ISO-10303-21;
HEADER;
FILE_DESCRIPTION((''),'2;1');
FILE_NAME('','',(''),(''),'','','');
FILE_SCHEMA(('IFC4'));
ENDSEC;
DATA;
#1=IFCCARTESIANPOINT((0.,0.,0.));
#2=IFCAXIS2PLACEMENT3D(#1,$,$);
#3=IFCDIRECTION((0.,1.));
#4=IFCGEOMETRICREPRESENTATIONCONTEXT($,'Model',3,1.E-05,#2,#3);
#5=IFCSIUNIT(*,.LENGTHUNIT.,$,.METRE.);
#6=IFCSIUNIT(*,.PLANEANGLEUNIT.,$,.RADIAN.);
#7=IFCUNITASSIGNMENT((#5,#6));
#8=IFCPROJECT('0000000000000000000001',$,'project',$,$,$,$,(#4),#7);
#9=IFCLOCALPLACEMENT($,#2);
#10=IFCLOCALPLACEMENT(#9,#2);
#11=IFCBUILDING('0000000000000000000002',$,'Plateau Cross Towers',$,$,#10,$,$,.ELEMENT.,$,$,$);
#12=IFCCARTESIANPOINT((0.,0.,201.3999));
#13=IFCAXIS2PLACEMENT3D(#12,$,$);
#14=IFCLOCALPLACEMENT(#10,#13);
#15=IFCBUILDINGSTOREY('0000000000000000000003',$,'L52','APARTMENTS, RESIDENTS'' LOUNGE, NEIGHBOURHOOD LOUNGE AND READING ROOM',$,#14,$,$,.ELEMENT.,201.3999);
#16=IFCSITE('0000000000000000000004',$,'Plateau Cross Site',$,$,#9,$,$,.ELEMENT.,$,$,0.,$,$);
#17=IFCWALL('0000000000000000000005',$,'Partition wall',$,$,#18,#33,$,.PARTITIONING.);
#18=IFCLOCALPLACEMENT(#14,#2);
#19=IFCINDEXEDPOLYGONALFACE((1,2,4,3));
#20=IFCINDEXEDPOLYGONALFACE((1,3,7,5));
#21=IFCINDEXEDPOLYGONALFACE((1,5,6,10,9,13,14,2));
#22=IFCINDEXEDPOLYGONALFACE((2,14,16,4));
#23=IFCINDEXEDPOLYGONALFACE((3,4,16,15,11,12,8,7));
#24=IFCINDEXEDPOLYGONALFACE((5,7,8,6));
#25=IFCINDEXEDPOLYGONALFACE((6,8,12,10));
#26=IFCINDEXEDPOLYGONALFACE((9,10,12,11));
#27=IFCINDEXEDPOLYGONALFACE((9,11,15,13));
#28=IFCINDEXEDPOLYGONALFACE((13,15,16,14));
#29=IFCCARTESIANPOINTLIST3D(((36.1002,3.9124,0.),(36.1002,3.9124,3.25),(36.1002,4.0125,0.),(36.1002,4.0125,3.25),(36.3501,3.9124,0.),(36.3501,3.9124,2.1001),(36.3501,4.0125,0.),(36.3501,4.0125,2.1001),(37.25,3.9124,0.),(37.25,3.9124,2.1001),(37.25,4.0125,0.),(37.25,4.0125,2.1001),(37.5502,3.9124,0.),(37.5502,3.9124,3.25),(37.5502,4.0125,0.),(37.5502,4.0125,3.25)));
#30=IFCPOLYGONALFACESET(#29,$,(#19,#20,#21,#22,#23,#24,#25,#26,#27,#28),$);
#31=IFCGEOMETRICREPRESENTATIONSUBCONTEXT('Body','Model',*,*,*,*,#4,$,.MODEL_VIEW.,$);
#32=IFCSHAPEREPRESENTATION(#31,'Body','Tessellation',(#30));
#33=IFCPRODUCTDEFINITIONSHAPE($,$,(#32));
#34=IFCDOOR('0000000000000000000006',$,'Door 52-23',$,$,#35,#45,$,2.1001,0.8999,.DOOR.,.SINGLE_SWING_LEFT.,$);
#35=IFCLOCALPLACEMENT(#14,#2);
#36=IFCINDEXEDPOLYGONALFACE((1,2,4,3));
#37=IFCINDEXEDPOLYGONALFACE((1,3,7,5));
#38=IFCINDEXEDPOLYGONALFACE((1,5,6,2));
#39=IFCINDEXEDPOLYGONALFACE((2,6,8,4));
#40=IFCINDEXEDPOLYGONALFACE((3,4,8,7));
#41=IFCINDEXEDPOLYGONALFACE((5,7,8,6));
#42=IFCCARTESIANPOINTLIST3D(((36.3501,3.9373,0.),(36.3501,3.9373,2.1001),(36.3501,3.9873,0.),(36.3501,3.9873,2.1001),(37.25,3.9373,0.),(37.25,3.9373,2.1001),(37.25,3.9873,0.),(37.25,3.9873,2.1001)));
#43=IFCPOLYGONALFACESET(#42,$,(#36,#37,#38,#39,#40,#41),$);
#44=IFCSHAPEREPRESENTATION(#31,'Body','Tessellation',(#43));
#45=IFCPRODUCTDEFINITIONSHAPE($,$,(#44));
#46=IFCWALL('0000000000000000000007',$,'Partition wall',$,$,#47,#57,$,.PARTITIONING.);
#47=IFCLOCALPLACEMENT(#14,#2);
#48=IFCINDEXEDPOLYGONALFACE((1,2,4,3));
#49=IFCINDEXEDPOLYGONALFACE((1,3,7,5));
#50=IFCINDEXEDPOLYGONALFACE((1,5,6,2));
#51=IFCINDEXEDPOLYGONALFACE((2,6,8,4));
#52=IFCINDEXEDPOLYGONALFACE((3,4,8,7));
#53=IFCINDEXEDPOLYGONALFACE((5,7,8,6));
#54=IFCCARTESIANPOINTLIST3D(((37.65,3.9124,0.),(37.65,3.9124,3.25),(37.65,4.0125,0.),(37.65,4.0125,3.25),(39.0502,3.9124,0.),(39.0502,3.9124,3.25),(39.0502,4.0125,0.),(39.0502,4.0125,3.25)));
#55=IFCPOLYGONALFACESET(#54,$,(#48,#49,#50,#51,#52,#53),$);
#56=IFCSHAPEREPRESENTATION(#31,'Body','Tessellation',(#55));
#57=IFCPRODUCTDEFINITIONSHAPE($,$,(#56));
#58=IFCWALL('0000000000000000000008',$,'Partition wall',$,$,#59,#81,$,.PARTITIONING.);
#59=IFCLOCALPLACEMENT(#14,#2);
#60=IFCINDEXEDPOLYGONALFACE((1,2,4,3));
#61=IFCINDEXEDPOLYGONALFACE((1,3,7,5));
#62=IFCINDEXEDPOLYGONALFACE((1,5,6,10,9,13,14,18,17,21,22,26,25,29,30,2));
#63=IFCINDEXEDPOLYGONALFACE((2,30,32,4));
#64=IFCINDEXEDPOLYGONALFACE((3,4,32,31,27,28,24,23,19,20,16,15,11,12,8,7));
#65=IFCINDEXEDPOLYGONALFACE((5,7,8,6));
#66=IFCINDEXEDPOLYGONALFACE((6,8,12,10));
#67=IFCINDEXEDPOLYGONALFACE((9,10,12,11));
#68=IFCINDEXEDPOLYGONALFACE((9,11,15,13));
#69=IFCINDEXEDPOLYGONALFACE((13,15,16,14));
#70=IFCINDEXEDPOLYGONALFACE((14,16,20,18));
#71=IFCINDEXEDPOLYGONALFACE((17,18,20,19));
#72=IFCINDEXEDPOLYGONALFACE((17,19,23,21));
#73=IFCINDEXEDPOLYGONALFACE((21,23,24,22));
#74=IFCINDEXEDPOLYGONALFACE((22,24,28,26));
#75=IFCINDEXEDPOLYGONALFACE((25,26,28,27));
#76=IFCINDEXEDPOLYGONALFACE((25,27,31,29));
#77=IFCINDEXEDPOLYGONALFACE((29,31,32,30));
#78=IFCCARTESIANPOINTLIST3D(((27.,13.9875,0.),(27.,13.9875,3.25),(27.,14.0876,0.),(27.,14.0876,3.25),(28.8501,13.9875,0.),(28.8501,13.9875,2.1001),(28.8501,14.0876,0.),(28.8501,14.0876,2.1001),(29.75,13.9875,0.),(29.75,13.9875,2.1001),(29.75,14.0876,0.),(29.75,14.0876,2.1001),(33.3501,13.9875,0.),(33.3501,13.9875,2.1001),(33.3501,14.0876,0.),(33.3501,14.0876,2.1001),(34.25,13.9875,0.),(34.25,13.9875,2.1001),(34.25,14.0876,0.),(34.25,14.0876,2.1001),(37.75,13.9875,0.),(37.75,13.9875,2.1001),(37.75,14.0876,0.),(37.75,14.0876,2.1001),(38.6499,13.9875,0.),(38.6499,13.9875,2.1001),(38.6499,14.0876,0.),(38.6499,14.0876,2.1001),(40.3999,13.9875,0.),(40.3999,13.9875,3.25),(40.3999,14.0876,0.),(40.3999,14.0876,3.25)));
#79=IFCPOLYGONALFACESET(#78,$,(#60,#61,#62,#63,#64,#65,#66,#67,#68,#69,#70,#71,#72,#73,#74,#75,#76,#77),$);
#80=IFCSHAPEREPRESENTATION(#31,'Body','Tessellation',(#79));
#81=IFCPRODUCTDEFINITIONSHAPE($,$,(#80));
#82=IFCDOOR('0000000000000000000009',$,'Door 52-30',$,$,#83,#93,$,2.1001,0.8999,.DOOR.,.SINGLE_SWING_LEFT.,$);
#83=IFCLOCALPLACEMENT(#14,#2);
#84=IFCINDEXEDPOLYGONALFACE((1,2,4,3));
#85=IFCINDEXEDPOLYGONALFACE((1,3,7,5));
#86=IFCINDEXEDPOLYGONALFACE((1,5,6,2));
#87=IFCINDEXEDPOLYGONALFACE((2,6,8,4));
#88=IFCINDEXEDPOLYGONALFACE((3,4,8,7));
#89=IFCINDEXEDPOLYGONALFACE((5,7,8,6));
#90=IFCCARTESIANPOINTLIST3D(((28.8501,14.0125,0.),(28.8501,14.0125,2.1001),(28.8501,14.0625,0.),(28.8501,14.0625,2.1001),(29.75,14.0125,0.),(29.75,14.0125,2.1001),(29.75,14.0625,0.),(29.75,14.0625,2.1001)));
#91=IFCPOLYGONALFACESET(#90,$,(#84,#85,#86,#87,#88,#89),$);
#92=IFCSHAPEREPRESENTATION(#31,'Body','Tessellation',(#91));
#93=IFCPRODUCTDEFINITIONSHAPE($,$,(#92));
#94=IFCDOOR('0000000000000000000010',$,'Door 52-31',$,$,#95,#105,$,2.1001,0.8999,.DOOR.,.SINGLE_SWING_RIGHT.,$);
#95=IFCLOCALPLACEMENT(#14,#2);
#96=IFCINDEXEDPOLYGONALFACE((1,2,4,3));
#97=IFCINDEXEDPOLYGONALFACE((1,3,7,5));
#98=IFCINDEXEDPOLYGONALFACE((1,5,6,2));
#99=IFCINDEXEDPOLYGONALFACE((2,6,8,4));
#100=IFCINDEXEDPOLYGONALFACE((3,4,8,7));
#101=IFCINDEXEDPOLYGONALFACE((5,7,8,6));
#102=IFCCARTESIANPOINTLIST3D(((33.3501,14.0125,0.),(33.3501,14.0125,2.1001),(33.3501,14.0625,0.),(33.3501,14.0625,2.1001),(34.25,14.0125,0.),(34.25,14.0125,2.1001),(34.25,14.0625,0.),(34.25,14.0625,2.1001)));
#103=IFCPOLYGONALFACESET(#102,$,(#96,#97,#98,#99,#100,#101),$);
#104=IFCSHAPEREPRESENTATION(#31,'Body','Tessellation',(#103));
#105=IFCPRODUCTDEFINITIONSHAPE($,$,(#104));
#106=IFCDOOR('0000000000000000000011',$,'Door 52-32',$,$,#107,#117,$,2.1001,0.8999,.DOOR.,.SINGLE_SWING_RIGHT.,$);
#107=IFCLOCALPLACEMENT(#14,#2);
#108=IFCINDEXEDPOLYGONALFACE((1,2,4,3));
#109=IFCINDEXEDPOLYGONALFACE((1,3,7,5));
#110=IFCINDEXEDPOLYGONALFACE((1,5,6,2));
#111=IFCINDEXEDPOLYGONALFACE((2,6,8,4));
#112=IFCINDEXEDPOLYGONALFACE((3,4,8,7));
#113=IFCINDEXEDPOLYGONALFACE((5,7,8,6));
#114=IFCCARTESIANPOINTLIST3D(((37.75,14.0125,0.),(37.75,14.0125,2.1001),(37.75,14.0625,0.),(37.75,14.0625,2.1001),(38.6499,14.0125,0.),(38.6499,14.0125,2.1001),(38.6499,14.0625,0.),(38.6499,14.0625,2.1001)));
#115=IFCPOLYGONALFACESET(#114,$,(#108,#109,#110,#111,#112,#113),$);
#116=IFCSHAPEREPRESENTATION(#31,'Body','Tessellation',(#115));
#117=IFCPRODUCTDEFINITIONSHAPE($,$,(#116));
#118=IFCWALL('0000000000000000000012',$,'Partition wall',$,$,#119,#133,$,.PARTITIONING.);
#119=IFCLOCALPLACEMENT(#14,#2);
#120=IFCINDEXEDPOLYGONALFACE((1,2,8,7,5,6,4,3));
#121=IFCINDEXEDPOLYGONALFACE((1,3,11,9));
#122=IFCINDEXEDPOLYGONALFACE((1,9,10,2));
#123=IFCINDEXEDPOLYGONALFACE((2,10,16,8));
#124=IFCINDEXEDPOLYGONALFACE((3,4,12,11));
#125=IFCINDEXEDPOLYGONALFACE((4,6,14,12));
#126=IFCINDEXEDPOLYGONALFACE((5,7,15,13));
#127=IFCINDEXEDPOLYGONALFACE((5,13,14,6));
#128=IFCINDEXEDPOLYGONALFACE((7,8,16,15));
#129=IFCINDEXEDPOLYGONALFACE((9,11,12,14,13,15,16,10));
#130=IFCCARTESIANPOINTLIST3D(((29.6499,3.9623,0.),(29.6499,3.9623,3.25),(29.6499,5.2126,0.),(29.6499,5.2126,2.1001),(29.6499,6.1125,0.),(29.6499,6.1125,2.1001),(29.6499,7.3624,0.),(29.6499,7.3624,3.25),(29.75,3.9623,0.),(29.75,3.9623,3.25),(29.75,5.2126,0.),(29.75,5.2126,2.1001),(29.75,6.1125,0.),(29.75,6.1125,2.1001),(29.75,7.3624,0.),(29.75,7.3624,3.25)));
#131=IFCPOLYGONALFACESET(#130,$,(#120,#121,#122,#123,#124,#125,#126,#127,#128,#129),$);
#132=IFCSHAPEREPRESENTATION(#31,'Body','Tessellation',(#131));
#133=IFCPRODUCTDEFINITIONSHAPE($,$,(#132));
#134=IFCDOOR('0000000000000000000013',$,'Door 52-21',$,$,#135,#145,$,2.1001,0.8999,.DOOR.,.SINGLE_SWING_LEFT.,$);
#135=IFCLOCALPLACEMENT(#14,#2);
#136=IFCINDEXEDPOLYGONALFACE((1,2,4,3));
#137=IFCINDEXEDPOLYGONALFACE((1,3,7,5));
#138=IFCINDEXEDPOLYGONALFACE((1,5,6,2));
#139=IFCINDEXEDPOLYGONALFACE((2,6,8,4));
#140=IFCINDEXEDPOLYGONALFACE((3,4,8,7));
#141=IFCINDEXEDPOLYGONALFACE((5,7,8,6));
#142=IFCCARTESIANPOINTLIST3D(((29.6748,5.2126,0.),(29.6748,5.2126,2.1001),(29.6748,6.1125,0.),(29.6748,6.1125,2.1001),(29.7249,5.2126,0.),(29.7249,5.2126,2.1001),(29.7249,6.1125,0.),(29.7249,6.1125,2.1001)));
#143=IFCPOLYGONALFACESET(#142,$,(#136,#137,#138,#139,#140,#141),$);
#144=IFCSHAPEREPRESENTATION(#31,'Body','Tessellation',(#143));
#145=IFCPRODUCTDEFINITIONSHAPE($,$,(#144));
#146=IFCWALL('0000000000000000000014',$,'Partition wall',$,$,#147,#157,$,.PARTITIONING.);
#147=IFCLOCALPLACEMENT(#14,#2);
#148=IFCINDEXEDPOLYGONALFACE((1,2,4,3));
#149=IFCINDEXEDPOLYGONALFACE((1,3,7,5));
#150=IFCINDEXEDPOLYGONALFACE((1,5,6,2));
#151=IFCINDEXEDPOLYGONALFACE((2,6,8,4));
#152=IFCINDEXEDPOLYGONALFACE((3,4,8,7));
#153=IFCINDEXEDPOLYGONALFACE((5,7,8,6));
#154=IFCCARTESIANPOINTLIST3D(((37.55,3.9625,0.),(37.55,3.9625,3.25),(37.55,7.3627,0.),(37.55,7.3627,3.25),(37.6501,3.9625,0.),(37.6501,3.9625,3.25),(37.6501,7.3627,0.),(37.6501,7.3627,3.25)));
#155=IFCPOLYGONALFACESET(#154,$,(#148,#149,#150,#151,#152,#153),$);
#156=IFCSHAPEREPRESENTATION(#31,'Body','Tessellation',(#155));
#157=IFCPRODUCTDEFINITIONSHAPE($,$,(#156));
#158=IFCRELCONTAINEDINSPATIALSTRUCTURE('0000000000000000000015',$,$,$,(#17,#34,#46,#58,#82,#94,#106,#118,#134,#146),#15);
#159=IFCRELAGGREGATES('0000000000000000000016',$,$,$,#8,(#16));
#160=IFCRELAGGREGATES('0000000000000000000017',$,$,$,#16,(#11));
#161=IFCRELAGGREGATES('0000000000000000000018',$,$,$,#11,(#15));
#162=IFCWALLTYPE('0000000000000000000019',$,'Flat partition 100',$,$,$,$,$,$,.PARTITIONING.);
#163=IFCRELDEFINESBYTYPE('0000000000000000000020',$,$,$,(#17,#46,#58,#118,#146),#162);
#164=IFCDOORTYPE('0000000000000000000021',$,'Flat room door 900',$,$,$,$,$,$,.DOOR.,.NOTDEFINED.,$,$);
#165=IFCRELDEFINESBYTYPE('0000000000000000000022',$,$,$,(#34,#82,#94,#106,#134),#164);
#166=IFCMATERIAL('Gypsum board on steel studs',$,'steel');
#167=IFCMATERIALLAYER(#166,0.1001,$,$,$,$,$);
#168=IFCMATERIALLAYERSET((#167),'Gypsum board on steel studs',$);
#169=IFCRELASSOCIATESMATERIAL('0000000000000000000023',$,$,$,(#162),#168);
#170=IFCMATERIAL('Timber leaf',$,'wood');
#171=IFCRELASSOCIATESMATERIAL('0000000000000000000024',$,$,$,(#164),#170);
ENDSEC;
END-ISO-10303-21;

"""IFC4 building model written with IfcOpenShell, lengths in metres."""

from ifc_helpers import new_model, si_unit, direction, frame, frame_2d, origin, place, context, subcontext, project, spatial, rectangle, extrude, material, layer, layer_set, type_object, element, fill, save


model = new_model("IFC4")

# Units and contexts
model_context = context("Model", 3, precision=1e-05, world=origin(), true_north=direction((0.0, 1.0)))
body_context = subcontext(model_context, "Body", "Model", "MODEL_VIEW")
ifc_project = project(units=[si_unit("LENGTHUNIT", "METRE"), si_unit("PLANEANGLEUNIT", "RADIAN")], contexts=[model_context])

# Site, building, storey
site_placement = place(None, origin())
site = spatial("IfcSite", under=ifc_project, at=site_placement, Name="Plateau Cross Site", CompositionType="ELEMENT", RefElevation=0.0)
building_placement = place(site_placement, origin())
building = spatial("IfcBuilding", under=site, at=building_placement, Name="Plateau Cross Towers", CompositionType="ELEMENT")
storey_placement = place(building_placement, frame((0.0, 0.0, 201.3999)))
storey = spatial("IfcBuildingStorey", under=building, at=storey_placement, Name="L52", Description="APARTMENTS, RESIDENTS' LOUNGE, NEIGHBOURHOOD LOUNGE AND READING ROOM", CompositionType="ELEMENT", Elevation=201.3999)

# Shared definitions
ifc_material_1 = material(Name="Gypsum board on steel studs", Category="steel")
ifc_layer_1 = layer(ifc_material_1, 0.1001)
ifc_layer_set_1 = layer_set([ifc_layer_1], Name="Gypsum board on steel studs")
wall_type_1 = type_object("IfcWallType", Name="Flat partition 100", PredefinedType="PARTITIONING", material=ifc_layer_set_1)
ifc_material_2 = material(Name="Timber leaf", Category="wood")
door_type_1 = type_object("IfcDoorType", Name="Flat room door 900", OperationType="NOTDEFINED", PredefinedType="DOOR", material=ifc_material_2)

# Wall, opening, door
wall_1_placement = place(storey_placement, frame((36.1001, 3.9624, 0.0), z_axis=(0.0, 0.0, 1.0), x_axis=(1.0, 0.0, 0.0)))
wall_1 = element("IfcWall", 1, at=wall_1_placement, inside=storey, type_object=wall_type_1, Name="Partition wall", PredefinedType="PARTITIONING", context=body_context, shape_type="SweptSolid", body=[
    extrude(rectangle(XDim=1.45, YDim=0.1001, at=frame_2d((0.7251, 0.0))), origin(), (0.0, 0.0, 1.0), 3.25),
])
opening_1_placement = place(wall_1_placement, frame((0.25, 0.0, 0.0)))
opening_1 = element("IfcOpeningElement", 2, at=opening_1_placement, cuts=wall_1, PredefinedType="OPENING", context=body_context, shape_type="SweptSolid", body=[
    extrude(rectangle(XDim=0.8999, YDim=2.1001, at=frame_2d((0.45, 1.05))), frame((0.0, 0.0601, 0.0), z_axis=(0.0, -1.0, 0.0), x_axis=(1.0, 0.0, 0.0)), (0.0, 0.0, 1.0), 0.1201),
])
door_1_placement = place(opening_1_placement, origin())
door_1 = element("IfcDoor", 3, at=door_1_placement, inside=storey, type_object=door_type_1, Name="Door 52-23", OperationType="SINGLE_SWING_LEFT", OverallHeight=2.1001, OverallWidth=0.8999, PredefinedType="DOOR", context=body_context, shape_type="SweptSolid", body=[
    extrude(rectangle(XDim=0.8999, YDim=2.1001, at=frame_2d((0.45, 1.05))), frame((0.0, 0.0249, 0.0), z_axis=(0.0, -1.0, 0.0), x_axis=(1.0, 0.0, 0.0)), (0.0, 0.0, 1.0), 0.05),
])
fill(opening_1, door_1)

# Wall
wall_2_placement = place(storey_placement, frame((37.6499, 3.9624, 0.0), z_axis=(0.0, 0.0, 1.0), x_axis=(1.0, 0.0, 0.0)))
element("IfcWall", 4, at=wall_2_placement, inside=storey, type_object=wall_type_1, Name="Partition wall", PredefinedType="PARTITIONING", context=body_context, shape_type="SweptSolid", body=[
    extrude(rectangle(XDim=1.4001, YDim=0.1001, at=frame_2d((0.7002, 0.0))), origin(), (0.0, 0.0, 1.0), 3.25),
])

# Wall, openings, doors
wall_3_placement = place(storey_placement, frame((27.0, 14.0376, 0.0), z_axis=(0.0, 0.0, 1.0), x_axis=(1.0, 0.0, 0.0)))
wall_3 = element("IfcWall", 5, at=wall_3_placement, inside=storey, type_object=wall_type_1, Name="Partition wall", PredefinedType="PARTITIONING", context=body_context, shape_type="SweptSolid", body=[
    extrude(rectangle(XDim=13.3999, YDim=0.1001, at=frame_2d((6.7, 0.0))), origin(), (0.0, 0.0, 1.0), 3.25),
])
opening_2_placement = place(wall_3_placement, frame((1.8501, 0.0, 0.0)))
opening_2 = element("IfcOpeningElement", 6, at=opening_2_placement, cuts=wall_3, PredefinedType="OPENING", context=body_context, shape_type="SweptSolid", body=[
    extrude(rectangle(XDim=0.8999, YDim=2.1001, at=frame_2d((0.45, 1.05))), frame((0.0, 0.0601, 0.0), z_axis=(0.0, -1.0, 0.0), x_axis=(1.0, 0.0, 0.0)), (0.0, 0.0, 1.0), 0.1201),
])
opening_3_placement = place(wall_3_placement, frame((6.3501, 0.0, 0.0)))
opening_3 = element("IfcOpeningElement", 7, at=opening_3_placement, cuts=wall_3, PredefinedType="OPENING", context=body_context, shape_type="SweptSolid", body=[
    extrude(rectangle(XDim=0.8999, YDim=2.1001, at=frame_2d((0.45, 1.05))), frame((0.0, 0.0601, 0.0), z_axis=(0.0, -1.0, 0.0), x_axis=(1.0, 0.0, 0.0)), (0.0, 0.0, 1.0), 0.1201),
])
opening_4_placement = place(wall_3_placement, frame((10.75, 0.0, 0.0)))
opening_4 = element("IfcOpeningElement", 8, at=opening_4_placement, cuts=wall_3, PredefinedType="OPENING", context=body_context, shape_type="SweptSolid", body=[
    extrude(rectangle(XDim=0.8999, YDim=2.1001, at=frame_2d((0.45, 1.05))), frame((0.0, 0.0601, 0.0), z_axis=(0.0, -1.0, 0.0), x_axis=(1.0, 0.0, 0.0)), (0.0, 0.0, 1.0), 0.1201),
])
door_2_placement = place(opening_2_placement, origin())
door_2 = element("IfcDoor", 9, at=door_2_placement, inside=storey, type_object=door_type_1, Name="Door 52-30", OperationType="SINGLE_SWING_LEFT", OverallHeight=2.1001, OverallWidth=0.8999, PredefinedType="DOOR", context=body_context, shape_type="SweptSolid", body=[
    extrude(rectangle(XDim=0.8999, YDim=2.1001, at=frame_2d((0.45, 1.05))), frame((0.0, 0.0249, 0.0), z_axis=(0.0, -1.0, 0.0), x_axis=(1.0, 0.0, 0.0)), (0.0, 0.0, 1.0), 0.05),
])
fill(opening_2, door_2)
door_3_placement = place(opening_3_placement, origin())
door_3 = element("IfcDoor", 10, at=door_3_placement, inside=storey, type_object=door_type_1, Name="Door 52-31", OperationType="SINGLE_SWING_RIGHT", OverallHeight=2.1001, OverallWidth=0.8999, PredefinedType="DOOR", context=body_context, shape_type="SweptSolid", body=[
    extrude(rectangle(XDim=0.8999, YDim=2.1001, at=frame_2d((0.45, 1.05))), frame((0.0, 0.0249, 0.0), z_axis=(0.0, -1.0, 0.0), x_axis=(1.0, 0.0, 0.0)), (0.0, 0.0, 1.0), 0.05),
])
fill(opening_3, door_3)
door_4_placement = place(opening_4_placement, origin())
door_4 = element("IfcDoor", 11, at=door_4_placement, inside=storey, type_object=door_type_1, Name="Door 52-32", OperationType="SINGLE_SWING_RIGHT", OverallHeight=2.1001, OverallWidth=0.8999, PredefinedType="DOOR", context=body_context, shape_type="SweptSolid", body=[
    extrude(rectangle(XDim=0.8999, YDim=2.1001, at=frame_2d((0.45, 1.05))), frame((0.0, 0.0249, 0.0), z_axis=(0.0, -1.0, 0.0), x_axis=(1.0, 0.0, 0.0)), (0.0, 0.0, 1.0), 0.05),
])
fill(opening_4, door_4)

# Wall, opening, door
wall_4_placement = place(storey_placement, frame((29.7, 7.3625, 0.0), z_axis=(0.0, 0.0, 1.0), x_axis=(0.0, -1.0, 0.0)))
wall_4 = element("IfcWall", 12, at=wall_4_placement, inside=storey, type_object=wall_type_1, Name="Partition wall", PredefinedType="PARTITIONING", context=body_context, shape_type="SweptSolid", body=[
    extrude(rectangle(XDim=3.4001, YDim=0.1001, at=frame_2d((1.7002, 0.0))), origin(), (0.0, 0.0, 1.0), 3.25),
])
opening_5_placement = place(wall_4_placement, frame((1.25, 0.0, 0.0)))
opening_5 = element("IfcOpeningElement", 13, at=opening_5_placement, cuts=wall_4, PredefinedType="OPENING", context=body_context, shape_type="SweptSolid", body=[
    extrude(rectangle(XDim=0.8999, YDim=2.1001, at=frame_2d((0.45, 1.05))), frame((0.0, 0.0601, 0.0), z_axis=(0.0, -1.0, 0.0), x_axis=(1.0, 0.0, 0.0)), (0.0, 0.0, 1.0), 0.1201),
])
door_5_placement = place(opening_5_placement, origin())
door_5 = element("IfcDoor", 14, at=door_5_placement, inside=storey, type_object=door_type_1, Name="Door 52-21", OperationType="SINGLE_SWING_LEFT", OverallHeight=2.1001, OverallWidth=0.8999, PredefinedType="DOOR", context=body_context, shape_type="SweptSolid", body=[
    extrude(rectangle(XDim=0.8999, YDim=2.1001, at=frame_2d((0.45, 1.05))), frame((0.0, 0.0249, 0.0), z_axis=(0.0, -1.0, 0.0), x_axis=(1.0, 0.0, 0.0)), (0.0, 0.0, 1.0), 0.05),
])
fill(opening_5, door_5)

# Wall
wall_5_placement = place(storey_placement, frame((37.6001, 3.9624, 0.0), z_axis=(0.0, 0.0, 1.0), x_axis=(0.0, 1.0, 0.0)))
element("IfcWall", 15, at=wall_5_placement, inside=storey, type_object=wall_type_1, Name="Partition wall", PredefinedType="PARTITIONING", context=body_context, shape_type="SweptSolid", body=[
    extrude(rectangle(XDim=3.4001, YDim=0.1001, at=frame_2d((1.7002, 0.0))), origin(), (0.0, 0.0, 1.0), 3.25),
])

save(model, "model.ifc")
